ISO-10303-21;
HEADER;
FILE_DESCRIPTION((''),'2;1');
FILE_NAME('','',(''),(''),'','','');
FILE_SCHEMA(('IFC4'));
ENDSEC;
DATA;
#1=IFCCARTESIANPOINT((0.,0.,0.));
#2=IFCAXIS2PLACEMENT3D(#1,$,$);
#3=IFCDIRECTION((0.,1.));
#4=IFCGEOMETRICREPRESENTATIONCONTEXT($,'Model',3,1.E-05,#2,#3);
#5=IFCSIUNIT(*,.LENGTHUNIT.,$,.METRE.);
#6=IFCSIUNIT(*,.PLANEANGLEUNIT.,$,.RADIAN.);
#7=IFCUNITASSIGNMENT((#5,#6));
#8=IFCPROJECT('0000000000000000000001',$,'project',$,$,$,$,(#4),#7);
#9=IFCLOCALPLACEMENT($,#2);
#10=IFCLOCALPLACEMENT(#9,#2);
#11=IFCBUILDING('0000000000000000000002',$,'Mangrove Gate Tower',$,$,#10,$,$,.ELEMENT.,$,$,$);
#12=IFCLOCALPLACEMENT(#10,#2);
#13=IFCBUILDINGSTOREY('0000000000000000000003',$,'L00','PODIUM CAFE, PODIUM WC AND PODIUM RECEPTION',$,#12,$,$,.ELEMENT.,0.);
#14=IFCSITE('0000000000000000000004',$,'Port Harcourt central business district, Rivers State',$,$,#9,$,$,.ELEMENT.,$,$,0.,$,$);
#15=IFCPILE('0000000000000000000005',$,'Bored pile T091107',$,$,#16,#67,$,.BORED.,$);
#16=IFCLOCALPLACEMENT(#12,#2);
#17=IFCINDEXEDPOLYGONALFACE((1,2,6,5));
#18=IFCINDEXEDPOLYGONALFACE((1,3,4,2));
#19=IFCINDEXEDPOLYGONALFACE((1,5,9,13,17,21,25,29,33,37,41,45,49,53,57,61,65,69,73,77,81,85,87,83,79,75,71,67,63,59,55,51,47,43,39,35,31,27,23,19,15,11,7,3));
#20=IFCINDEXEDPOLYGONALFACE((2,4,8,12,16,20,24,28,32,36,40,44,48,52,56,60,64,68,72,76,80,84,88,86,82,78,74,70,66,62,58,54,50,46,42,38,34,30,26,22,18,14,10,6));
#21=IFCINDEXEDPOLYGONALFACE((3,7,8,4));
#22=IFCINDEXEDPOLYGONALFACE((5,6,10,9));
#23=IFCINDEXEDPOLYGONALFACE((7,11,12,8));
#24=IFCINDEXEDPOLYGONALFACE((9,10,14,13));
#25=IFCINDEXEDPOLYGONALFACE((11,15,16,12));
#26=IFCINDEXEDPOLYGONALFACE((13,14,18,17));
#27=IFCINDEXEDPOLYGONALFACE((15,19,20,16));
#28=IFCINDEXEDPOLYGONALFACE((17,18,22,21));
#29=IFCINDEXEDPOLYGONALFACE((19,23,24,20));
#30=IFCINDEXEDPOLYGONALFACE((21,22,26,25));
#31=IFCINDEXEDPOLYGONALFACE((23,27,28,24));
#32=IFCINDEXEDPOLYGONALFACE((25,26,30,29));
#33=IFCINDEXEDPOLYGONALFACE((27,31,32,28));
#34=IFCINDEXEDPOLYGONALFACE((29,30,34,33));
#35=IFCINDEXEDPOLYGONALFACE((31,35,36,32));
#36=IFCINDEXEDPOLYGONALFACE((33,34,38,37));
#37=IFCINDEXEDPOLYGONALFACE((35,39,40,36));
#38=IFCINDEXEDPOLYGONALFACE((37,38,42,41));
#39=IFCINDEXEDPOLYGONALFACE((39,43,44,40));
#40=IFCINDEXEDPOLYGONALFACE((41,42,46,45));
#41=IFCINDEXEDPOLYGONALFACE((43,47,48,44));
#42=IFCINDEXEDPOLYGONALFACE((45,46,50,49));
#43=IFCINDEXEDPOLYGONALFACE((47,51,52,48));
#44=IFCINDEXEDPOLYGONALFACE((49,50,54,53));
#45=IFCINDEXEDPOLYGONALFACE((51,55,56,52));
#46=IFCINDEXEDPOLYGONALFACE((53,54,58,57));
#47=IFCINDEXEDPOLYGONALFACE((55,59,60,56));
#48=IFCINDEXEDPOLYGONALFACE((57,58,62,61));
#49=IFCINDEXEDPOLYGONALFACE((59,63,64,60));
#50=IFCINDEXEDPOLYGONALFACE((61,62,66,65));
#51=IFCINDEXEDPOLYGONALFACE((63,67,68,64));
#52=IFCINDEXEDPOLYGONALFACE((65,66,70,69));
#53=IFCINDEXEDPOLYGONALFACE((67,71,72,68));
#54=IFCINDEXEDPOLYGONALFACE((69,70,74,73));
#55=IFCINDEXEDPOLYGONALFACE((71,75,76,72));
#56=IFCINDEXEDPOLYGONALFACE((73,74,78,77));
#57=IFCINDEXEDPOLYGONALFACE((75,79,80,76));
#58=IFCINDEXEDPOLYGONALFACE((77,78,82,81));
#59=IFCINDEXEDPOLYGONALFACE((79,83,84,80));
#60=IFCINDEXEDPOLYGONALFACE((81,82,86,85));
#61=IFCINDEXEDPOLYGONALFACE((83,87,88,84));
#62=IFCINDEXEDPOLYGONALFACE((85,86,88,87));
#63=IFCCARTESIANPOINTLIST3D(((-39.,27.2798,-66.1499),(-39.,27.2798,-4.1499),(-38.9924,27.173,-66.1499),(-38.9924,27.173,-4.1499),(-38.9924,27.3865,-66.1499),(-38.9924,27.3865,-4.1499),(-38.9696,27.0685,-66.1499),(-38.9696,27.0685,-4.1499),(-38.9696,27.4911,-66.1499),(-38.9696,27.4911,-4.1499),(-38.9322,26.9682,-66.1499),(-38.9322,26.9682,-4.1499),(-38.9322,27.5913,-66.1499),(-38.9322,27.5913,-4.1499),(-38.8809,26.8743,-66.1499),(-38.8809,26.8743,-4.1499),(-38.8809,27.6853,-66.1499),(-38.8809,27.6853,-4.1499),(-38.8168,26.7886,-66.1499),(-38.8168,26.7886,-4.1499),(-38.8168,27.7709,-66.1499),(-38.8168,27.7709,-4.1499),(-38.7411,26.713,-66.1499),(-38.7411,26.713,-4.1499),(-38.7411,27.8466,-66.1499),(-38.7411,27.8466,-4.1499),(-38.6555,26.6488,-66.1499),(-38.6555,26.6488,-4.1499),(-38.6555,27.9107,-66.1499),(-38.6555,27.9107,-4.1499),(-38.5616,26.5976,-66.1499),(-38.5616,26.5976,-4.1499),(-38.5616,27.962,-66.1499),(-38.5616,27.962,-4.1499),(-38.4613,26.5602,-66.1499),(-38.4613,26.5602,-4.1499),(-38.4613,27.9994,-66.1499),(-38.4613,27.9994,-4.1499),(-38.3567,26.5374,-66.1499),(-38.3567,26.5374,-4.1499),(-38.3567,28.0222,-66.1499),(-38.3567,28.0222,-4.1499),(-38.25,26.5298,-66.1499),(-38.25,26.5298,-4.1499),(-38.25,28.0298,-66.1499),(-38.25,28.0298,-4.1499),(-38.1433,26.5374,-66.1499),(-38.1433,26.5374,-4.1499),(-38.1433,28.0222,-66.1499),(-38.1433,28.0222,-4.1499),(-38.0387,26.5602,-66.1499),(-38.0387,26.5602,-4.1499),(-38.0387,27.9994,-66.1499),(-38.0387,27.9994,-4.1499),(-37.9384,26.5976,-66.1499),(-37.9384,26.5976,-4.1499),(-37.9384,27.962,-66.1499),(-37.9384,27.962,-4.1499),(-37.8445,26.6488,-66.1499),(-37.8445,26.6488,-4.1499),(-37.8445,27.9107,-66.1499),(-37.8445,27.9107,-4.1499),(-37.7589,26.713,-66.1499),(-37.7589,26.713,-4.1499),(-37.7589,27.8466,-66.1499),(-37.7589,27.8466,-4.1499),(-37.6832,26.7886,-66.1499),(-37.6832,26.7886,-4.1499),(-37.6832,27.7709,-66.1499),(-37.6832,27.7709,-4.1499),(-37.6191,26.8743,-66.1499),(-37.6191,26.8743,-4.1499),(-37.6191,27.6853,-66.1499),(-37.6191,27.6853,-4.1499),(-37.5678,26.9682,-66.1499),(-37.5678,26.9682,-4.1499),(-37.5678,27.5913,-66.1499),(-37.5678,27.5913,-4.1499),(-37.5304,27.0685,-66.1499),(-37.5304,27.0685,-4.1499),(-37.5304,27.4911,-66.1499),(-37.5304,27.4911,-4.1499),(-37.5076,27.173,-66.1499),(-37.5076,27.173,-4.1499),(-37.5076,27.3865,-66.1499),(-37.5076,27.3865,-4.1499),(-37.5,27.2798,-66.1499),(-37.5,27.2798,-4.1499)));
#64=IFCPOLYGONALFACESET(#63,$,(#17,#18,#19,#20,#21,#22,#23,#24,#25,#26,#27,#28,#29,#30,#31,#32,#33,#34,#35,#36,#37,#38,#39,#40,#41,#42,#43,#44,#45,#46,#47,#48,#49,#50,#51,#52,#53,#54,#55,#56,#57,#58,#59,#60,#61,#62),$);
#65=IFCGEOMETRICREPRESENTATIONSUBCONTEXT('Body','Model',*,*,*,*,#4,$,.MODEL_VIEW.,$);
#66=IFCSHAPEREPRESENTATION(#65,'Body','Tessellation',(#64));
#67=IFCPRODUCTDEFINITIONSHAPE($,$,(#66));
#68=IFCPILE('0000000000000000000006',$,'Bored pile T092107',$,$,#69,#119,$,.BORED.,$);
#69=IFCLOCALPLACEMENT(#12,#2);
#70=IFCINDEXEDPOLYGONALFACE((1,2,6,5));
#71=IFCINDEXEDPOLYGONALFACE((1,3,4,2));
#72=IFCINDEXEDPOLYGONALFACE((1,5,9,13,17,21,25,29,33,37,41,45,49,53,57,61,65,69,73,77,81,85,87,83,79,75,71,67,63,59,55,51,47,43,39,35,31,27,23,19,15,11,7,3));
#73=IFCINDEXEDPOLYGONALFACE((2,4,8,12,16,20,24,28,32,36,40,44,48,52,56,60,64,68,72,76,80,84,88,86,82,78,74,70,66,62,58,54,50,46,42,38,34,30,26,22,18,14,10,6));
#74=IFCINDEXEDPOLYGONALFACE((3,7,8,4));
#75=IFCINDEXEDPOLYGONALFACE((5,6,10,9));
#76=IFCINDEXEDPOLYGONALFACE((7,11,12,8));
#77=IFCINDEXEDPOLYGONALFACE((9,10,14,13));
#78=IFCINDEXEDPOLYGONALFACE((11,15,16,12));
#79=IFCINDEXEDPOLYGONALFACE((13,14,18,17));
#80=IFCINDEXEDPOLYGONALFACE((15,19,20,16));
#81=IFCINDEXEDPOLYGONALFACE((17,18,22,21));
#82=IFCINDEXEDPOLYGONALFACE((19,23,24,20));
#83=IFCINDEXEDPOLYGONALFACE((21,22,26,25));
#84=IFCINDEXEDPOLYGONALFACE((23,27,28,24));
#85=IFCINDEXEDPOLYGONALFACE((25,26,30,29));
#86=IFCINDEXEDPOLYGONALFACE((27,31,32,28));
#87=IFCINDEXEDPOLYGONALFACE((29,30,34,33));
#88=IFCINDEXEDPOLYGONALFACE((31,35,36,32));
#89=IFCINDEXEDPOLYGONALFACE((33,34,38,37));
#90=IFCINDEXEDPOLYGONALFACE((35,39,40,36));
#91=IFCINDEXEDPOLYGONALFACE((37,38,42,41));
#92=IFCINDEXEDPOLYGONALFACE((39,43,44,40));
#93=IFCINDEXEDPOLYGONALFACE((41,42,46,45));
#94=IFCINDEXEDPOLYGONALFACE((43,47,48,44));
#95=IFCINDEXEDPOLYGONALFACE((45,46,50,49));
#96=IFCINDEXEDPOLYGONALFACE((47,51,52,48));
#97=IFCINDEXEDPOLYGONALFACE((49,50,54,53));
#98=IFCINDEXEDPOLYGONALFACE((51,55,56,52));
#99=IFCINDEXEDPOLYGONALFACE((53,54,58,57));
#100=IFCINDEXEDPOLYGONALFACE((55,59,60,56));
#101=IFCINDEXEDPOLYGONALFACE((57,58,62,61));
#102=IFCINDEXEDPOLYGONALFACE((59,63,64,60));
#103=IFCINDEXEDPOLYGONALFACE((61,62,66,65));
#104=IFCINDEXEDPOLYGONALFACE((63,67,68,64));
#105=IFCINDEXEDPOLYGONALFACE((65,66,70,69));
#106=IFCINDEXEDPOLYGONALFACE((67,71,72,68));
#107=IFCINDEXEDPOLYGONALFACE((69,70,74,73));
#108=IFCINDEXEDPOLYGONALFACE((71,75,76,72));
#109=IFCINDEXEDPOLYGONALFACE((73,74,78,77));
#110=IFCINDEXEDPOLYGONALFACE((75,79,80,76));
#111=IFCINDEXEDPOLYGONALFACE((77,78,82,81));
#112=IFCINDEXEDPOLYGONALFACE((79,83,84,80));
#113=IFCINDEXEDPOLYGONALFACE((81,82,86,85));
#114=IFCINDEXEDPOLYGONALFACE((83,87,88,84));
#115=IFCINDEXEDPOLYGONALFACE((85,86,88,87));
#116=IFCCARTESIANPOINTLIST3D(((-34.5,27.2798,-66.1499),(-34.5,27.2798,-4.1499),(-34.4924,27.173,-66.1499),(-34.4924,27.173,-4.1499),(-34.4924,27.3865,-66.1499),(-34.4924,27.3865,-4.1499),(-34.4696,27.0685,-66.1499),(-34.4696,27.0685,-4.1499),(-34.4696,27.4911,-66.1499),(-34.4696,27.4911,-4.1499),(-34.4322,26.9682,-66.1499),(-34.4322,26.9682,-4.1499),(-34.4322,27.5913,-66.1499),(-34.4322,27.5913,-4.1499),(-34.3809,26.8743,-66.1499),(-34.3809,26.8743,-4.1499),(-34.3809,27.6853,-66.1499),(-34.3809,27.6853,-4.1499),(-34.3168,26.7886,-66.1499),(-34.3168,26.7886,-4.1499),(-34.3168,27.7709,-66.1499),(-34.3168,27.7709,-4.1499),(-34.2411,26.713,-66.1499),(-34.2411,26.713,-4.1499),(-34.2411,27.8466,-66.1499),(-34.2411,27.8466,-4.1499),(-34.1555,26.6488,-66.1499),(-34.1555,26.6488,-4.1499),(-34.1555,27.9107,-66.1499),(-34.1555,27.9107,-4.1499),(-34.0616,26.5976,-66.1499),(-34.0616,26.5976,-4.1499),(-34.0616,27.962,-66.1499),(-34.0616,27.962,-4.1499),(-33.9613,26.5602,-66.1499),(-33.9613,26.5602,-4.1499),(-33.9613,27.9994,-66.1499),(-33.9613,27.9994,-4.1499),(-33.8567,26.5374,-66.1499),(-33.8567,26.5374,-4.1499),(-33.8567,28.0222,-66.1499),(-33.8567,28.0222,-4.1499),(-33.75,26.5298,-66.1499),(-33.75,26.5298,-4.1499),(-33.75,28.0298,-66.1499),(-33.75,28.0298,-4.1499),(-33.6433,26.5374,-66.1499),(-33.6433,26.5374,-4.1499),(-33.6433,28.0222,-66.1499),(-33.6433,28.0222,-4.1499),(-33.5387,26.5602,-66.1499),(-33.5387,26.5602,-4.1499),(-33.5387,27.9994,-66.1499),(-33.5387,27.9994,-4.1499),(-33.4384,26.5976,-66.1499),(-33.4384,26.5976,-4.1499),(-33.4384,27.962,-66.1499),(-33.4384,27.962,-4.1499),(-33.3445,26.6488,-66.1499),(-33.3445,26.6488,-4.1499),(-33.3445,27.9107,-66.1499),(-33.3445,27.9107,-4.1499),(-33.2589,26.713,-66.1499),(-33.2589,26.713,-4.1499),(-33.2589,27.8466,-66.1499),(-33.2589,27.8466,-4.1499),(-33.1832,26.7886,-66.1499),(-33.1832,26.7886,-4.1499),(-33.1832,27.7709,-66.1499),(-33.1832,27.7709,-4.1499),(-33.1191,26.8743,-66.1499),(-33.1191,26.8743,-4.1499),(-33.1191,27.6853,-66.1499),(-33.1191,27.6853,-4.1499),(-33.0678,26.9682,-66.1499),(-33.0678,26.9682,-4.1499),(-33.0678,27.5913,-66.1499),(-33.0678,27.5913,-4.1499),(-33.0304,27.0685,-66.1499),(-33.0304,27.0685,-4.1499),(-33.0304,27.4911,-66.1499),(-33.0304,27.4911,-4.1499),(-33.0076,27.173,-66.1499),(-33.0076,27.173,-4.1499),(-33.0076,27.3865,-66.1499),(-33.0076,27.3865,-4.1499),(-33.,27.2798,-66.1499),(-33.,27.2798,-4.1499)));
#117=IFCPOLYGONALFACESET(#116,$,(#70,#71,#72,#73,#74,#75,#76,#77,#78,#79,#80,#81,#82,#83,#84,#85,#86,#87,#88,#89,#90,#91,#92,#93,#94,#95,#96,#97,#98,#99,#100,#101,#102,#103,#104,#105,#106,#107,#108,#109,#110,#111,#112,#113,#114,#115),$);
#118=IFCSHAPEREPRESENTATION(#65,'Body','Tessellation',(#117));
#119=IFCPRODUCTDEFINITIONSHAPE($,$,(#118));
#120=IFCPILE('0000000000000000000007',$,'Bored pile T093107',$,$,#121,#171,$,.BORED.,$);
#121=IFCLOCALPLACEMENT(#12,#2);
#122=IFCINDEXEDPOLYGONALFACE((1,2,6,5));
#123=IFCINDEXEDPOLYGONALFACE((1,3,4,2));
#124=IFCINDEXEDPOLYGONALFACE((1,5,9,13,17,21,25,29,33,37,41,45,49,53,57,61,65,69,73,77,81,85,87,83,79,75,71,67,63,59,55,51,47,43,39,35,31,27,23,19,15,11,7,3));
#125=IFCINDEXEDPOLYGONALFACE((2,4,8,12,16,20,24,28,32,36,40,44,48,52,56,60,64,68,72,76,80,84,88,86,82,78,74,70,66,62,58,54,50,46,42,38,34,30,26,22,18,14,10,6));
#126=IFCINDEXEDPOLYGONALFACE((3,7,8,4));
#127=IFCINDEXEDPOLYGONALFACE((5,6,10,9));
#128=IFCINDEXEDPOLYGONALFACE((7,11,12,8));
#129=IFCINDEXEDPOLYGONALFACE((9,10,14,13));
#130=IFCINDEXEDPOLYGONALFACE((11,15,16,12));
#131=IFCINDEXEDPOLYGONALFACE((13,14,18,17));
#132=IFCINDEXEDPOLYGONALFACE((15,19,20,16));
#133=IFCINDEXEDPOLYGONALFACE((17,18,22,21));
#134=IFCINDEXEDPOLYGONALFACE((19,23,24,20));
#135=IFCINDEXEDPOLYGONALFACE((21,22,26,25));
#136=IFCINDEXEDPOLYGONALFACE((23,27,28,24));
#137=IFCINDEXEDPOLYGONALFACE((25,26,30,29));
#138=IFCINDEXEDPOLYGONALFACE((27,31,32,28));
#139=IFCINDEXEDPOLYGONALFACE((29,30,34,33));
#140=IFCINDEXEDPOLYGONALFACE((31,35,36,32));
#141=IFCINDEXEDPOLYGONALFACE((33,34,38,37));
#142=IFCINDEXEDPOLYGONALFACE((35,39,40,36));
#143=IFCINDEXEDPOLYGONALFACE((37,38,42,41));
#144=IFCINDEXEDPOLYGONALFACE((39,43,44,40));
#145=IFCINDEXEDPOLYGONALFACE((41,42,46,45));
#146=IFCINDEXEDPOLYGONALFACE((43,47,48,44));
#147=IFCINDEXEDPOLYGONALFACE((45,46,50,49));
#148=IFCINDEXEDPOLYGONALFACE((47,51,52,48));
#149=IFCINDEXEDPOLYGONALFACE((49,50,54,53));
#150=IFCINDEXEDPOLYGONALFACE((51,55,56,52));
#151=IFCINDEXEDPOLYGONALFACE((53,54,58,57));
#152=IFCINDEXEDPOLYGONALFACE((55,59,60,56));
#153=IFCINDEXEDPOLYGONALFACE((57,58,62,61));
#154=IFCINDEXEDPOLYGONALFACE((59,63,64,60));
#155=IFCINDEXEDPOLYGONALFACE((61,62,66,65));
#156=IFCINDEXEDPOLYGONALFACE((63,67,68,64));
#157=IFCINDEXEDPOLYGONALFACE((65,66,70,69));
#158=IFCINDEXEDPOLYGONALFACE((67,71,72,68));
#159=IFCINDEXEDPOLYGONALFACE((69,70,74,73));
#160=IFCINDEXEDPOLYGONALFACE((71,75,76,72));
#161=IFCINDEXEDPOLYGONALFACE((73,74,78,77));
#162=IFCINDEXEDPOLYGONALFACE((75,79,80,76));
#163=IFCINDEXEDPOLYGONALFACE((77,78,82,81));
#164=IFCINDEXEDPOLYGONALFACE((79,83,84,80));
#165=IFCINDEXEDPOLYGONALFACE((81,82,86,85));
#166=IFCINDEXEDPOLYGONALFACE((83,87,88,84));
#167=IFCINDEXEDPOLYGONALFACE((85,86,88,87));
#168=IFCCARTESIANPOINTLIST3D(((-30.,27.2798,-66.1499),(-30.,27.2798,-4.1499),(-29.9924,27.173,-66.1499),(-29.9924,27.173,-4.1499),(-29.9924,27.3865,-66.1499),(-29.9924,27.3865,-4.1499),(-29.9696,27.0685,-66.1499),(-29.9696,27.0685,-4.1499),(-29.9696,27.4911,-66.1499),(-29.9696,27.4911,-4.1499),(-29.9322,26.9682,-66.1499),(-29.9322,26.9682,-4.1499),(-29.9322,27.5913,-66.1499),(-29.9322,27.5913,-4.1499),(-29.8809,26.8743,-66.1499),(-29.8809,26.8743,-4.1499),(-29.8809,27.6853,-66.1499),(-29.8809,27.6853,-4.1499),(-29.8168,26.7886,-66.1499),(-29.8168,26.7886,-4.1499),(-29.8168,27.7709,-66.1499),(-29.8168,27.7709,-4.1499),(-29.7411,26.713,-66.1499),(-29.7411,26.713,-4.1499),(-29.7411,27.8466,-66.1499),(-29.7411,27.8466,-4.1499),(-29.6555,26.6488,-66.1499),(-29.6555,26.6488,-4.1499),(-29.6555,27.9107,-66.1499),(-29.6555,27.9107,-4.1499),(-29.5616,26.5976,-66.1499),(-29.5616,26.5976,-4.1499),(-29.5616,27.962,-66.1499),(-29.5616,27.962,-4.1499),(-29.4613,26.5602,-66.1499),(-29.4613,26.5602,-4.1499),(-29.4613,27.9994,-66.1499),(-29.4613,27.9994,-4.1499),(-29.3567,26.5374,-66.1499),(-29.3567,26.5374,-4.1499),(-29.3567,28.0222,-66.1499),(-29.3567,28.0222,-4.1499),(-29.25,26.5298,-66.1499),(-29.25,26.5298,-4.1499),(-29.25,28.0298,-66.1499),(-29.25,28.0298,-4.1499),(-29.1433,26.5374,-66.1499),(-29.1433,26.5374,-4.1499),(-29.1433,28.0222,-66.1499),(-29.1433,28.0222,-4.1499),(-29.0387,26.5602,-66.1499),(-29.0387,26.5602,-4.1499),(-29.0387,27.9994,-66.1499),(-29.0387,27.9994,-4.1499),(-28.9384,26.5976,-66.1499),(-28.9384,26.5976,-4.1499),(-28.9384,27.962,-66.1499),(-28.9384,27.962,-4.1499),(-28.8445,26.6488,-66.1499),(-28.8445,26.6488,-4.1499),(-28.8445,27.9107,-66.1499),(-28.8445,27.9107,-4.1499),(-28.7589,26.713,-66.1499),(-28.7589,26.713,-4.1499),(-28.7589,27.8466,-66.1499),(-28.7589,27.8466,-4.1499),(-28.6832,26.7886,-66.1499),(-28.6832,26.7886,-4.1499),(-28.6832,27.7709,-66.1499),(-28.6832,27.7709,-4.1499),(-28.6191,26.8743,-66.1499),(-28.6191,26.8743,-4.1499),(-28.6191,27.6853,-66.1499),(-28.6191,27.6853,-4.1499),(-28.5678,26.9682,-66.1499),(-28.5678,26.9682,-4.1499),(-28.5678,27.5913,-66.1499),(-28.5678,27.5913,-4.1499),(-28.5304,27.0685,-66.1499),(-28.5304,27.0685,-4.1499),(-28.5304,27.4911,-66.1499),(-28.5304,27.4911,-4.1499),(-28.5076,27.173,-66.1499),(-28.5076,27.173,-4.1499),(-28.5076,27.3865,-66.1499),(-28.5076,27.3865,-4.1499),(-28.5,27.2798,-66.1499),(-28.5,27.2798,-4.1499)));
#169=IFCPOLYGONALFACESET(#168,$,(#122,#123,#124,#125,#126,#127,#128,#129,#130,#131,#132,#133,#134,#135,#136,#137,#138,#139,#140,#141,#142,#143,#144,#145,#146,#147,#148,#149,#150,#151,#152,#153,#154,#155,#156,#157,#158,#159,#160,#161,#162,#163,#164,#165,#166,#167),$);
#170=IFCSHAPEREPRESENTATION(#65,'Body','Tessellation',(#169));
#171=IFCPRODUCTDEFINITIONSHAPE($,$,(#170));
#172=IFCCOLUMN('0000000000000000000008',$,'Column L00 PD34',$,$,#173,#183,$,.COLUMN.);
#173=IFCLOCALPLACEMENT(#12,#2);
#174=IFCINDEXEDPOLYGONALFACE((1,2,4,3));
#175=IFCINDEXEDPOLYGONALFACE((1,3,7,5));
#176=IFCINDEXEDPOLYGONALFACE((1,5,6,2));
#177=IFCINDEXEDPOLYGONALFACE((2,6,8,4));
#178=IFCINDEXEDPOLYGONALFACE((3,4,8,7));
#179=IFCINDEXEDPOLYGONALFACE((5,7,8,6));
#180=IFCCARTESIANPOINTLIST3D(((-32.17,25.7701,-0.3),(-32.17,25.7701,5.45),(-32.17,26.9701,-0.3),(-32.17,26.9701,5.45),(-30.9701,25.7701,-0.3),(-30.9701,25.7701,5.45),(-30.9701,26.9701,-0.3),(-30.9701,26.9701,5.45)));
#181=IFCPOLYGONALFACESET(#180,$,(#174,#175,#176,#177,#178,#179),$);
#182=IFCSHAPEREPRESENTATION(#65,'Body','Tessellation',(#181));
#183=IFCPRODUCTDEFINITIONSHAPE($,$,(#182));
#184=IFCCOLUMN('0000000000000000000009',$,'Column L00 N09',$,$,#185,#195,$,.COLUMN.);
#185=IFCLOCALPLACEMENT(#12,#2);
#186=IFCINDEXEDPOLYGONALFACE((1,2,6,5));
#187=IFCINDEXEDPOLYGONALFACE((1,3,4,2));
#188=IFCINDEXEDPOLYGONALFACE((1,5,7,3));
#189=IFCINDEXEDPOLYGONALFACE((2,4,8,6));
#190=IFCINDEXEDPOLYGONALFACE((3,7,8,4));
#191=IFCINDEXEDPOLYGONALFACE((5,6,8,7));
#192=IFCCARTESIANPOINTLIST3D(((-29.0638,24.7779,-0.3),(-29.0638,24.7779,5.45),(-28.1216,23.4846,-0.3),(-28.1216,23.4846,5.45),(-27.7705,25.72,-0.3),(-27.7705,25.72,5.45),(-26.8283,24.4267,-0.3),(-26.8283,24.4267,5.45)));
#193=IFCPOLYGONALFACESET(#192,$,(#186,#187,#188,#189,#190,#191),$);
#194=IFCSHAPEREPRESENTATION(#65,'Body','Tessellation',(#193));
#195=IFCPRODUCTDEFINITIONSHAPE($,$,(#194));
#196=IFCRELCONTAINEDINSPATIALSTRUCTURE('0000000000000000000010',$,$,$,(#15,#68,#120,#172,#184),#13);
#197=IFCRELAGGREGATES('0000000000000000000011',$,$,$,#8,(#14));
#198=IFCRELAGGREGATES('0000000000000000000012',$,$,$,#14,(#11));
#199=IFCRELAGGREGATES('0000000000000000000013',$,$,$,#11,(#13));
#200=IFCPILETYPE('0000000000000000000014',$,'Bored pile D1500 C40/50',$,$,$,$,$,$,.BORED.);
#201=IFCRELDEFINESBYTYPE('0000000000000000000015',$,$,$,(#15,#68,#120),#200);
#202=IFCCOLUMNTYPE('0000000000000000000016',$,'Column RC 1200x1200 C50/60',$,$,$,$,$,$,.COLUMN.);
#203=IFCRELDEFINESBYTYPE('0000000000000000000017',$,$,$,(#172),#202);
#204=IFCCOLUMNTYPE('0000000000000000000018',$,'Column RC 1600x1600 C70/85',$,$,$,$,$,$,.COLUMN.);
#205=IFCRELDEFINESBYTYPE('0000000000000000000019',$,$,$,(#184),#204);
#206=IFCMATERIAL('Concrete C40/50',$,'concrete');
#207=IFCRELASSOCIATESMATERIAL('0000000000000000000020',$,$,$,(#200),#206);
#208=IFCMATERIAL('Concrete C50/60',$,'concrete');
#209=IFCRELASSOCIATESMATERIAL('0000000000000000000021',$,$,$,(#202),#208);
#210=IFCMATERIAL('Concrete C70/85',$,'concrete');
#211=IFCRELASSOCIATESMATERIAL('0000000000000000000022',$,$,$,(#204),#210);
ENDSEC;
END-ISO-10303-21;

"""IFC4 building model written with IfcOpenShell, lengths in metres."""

from ifc_helpers import new_model, si_unit, direction, frame, origin, origin_2d, place, context, subcontext, project, spatial, rectangle, circle, extrude, material, material_profile, profile_set, type_object, element, save


model = new_model("IFC4")

# Units and contexts
model_context = context("Model", 3, precision=1e-05, world=origin(), true_north=direction((0.0, 1.0)))
body_context = subcontext(model_context, "Body", "Model", "MODEL_VIEW")
ifc_project = project(units=[si_unit("LENGTHUNIT", "METRE"), si_unit("PLANEANGLEUNIT", "RADIAN")], contexts=[model_context])

# Site, building, storey
site_placement = place(None, origin())
site = spatial("IfcSite", under=ifc_project, at=site_placement, Name="Port Harcourt central business district, Rivers State", CompositionType="ELEMENT", RefElevation=0.0)
building_placement = place(site_placement, origin())
building = spatial("IfcBuilding", under=site, at=building_placement, Name="Mangrove Gate Tower", CompositionType="ELEMENT")
storey_placement = place(building_placement, origin())
storey = spatial("IfcBuildingStorey", under=building, at=storey_placement, Name="L00", Description="PODIUM CAFE, PODIUM WC AND PODIUM RECEPTION", CompositionType="ELEMENT", Elevation=0.0)

# Piles
ifc_material_1 = material(Name="Concrete C40/50", Category="concrete")
ifc_material_profile_1 = material_profile(ifc_material_1, circle(Radius=0.75, at=origin_2d()))
ifc_profile_set_1 = profile_set([ifc_material_profile_1], Name="Concrete C40/50")
pile_type = type_object("IfcPileType", Name="Bored pile D1500 C40/50", PredefinedType="BORED", material=ifc_profile_set_1)
for number, where, z_axis, x_axis, name in (
    (1, (-38.25, 27.2798, -4.1499), (0.0, 0.0, -1.0), (1.0, 0.0, 0.0), "Bored pile T091107"),
    (2, (-33.75, 27.2798, -4.1499), (0.0, 0.0, -1.0), (1.0, 0.0, 0.0), "Bored pile T092107"),
    (3, (-29.25, 27.2798, -4.1499), (0.0, 0.0, -1.0), (1.0, 0.0, 0.0), "Bored pile T093107"),
):
    element("IfcPile", number, at=place(storey_placement, frame(where, z_axis=z_axis, x_axis=x_axis)), inside=storey, type_object=pile_type, Name=name, PredefinedType="BORED", context=body_context, shape_type="SweptSolid", body=[
        extrude(circle(Radius=0.75, at=origin_2d()), origin(), (0.0, 0.0, 1.0), 62.0),
    ])

# Columns
ifc_material_2 = material(Name="Concrete C50/60", Category="concrete")
ifc_material_profile_2 = material_profile(ifc_material_2, rectangle(XDim=1.2, YDim=1.2, at=origin_2d()))
ifc_profile_set_2 = profile_set([ifc_material_profile_2], Name="Concrete C50/60")
column_type_1 = type_object("IfcColumnType", Name="Column RC 1200x1200 C50/60", PredefinedType="COLUMN", material=ifc_profile_set_2)
column_1_placement = place(storey_placement, frame((-31.5701, 26.3701, -0.3), z_axis=(0.0, 0.0, 1.0), x_axis=(1.0, 0.0, 0.0)))
element("IfcColumn", 4, at=column_1_placement, inside=storey, type_object=column_type_1, Name="Column L00 PD34", PredefinedType="COLUMN", context=body_context, shape_type="SweptSolid", body=[
    extrude(rectangle(XDim=1.2, YDim=1.2, at=origin_2d()), origin(), (0.0, 0.0, 1.0), 5.75),
])
ifc_material_3 = material(Name="Concrete C70/85", Category="concrete")
ifc_material_profile_3 = material_profile(ifc_material_3, rectangle(XDim=1.6001, YDim=1.6001, at=origin_2d()))
ifc_profile_set_3 = profile_set([ifc_material_profile_3], Name="Concrete C70/85")
column_type_2 = type_object("IfcColumnType", Name="Column RC 1600x1600 C70/85", PredefinedType="COLUMN", material=ifc_profile_set_3)
column_2_placement = place(storey_placement, frame((-27.946, 24.6023, -0.3), z_axis=(0.0, 0.0, 1.0), x_axis=(-0.808269, -0.588813, 0.0)))
element("IfcColumn", 5, at=column_2_placement, inside=storey, type_object=column_type_2, Name="Column L00 N09", PredefinedType="COLUMN", context=body_context, shape_type="SweptSolid", body=[
    extrude(rectangle(XDim=1.6001, YDim=1.6001, at=origin_2d()), origin(), (0.0, 0.0, 1.0), 5.75),
])

save(model, "model.ifc")
